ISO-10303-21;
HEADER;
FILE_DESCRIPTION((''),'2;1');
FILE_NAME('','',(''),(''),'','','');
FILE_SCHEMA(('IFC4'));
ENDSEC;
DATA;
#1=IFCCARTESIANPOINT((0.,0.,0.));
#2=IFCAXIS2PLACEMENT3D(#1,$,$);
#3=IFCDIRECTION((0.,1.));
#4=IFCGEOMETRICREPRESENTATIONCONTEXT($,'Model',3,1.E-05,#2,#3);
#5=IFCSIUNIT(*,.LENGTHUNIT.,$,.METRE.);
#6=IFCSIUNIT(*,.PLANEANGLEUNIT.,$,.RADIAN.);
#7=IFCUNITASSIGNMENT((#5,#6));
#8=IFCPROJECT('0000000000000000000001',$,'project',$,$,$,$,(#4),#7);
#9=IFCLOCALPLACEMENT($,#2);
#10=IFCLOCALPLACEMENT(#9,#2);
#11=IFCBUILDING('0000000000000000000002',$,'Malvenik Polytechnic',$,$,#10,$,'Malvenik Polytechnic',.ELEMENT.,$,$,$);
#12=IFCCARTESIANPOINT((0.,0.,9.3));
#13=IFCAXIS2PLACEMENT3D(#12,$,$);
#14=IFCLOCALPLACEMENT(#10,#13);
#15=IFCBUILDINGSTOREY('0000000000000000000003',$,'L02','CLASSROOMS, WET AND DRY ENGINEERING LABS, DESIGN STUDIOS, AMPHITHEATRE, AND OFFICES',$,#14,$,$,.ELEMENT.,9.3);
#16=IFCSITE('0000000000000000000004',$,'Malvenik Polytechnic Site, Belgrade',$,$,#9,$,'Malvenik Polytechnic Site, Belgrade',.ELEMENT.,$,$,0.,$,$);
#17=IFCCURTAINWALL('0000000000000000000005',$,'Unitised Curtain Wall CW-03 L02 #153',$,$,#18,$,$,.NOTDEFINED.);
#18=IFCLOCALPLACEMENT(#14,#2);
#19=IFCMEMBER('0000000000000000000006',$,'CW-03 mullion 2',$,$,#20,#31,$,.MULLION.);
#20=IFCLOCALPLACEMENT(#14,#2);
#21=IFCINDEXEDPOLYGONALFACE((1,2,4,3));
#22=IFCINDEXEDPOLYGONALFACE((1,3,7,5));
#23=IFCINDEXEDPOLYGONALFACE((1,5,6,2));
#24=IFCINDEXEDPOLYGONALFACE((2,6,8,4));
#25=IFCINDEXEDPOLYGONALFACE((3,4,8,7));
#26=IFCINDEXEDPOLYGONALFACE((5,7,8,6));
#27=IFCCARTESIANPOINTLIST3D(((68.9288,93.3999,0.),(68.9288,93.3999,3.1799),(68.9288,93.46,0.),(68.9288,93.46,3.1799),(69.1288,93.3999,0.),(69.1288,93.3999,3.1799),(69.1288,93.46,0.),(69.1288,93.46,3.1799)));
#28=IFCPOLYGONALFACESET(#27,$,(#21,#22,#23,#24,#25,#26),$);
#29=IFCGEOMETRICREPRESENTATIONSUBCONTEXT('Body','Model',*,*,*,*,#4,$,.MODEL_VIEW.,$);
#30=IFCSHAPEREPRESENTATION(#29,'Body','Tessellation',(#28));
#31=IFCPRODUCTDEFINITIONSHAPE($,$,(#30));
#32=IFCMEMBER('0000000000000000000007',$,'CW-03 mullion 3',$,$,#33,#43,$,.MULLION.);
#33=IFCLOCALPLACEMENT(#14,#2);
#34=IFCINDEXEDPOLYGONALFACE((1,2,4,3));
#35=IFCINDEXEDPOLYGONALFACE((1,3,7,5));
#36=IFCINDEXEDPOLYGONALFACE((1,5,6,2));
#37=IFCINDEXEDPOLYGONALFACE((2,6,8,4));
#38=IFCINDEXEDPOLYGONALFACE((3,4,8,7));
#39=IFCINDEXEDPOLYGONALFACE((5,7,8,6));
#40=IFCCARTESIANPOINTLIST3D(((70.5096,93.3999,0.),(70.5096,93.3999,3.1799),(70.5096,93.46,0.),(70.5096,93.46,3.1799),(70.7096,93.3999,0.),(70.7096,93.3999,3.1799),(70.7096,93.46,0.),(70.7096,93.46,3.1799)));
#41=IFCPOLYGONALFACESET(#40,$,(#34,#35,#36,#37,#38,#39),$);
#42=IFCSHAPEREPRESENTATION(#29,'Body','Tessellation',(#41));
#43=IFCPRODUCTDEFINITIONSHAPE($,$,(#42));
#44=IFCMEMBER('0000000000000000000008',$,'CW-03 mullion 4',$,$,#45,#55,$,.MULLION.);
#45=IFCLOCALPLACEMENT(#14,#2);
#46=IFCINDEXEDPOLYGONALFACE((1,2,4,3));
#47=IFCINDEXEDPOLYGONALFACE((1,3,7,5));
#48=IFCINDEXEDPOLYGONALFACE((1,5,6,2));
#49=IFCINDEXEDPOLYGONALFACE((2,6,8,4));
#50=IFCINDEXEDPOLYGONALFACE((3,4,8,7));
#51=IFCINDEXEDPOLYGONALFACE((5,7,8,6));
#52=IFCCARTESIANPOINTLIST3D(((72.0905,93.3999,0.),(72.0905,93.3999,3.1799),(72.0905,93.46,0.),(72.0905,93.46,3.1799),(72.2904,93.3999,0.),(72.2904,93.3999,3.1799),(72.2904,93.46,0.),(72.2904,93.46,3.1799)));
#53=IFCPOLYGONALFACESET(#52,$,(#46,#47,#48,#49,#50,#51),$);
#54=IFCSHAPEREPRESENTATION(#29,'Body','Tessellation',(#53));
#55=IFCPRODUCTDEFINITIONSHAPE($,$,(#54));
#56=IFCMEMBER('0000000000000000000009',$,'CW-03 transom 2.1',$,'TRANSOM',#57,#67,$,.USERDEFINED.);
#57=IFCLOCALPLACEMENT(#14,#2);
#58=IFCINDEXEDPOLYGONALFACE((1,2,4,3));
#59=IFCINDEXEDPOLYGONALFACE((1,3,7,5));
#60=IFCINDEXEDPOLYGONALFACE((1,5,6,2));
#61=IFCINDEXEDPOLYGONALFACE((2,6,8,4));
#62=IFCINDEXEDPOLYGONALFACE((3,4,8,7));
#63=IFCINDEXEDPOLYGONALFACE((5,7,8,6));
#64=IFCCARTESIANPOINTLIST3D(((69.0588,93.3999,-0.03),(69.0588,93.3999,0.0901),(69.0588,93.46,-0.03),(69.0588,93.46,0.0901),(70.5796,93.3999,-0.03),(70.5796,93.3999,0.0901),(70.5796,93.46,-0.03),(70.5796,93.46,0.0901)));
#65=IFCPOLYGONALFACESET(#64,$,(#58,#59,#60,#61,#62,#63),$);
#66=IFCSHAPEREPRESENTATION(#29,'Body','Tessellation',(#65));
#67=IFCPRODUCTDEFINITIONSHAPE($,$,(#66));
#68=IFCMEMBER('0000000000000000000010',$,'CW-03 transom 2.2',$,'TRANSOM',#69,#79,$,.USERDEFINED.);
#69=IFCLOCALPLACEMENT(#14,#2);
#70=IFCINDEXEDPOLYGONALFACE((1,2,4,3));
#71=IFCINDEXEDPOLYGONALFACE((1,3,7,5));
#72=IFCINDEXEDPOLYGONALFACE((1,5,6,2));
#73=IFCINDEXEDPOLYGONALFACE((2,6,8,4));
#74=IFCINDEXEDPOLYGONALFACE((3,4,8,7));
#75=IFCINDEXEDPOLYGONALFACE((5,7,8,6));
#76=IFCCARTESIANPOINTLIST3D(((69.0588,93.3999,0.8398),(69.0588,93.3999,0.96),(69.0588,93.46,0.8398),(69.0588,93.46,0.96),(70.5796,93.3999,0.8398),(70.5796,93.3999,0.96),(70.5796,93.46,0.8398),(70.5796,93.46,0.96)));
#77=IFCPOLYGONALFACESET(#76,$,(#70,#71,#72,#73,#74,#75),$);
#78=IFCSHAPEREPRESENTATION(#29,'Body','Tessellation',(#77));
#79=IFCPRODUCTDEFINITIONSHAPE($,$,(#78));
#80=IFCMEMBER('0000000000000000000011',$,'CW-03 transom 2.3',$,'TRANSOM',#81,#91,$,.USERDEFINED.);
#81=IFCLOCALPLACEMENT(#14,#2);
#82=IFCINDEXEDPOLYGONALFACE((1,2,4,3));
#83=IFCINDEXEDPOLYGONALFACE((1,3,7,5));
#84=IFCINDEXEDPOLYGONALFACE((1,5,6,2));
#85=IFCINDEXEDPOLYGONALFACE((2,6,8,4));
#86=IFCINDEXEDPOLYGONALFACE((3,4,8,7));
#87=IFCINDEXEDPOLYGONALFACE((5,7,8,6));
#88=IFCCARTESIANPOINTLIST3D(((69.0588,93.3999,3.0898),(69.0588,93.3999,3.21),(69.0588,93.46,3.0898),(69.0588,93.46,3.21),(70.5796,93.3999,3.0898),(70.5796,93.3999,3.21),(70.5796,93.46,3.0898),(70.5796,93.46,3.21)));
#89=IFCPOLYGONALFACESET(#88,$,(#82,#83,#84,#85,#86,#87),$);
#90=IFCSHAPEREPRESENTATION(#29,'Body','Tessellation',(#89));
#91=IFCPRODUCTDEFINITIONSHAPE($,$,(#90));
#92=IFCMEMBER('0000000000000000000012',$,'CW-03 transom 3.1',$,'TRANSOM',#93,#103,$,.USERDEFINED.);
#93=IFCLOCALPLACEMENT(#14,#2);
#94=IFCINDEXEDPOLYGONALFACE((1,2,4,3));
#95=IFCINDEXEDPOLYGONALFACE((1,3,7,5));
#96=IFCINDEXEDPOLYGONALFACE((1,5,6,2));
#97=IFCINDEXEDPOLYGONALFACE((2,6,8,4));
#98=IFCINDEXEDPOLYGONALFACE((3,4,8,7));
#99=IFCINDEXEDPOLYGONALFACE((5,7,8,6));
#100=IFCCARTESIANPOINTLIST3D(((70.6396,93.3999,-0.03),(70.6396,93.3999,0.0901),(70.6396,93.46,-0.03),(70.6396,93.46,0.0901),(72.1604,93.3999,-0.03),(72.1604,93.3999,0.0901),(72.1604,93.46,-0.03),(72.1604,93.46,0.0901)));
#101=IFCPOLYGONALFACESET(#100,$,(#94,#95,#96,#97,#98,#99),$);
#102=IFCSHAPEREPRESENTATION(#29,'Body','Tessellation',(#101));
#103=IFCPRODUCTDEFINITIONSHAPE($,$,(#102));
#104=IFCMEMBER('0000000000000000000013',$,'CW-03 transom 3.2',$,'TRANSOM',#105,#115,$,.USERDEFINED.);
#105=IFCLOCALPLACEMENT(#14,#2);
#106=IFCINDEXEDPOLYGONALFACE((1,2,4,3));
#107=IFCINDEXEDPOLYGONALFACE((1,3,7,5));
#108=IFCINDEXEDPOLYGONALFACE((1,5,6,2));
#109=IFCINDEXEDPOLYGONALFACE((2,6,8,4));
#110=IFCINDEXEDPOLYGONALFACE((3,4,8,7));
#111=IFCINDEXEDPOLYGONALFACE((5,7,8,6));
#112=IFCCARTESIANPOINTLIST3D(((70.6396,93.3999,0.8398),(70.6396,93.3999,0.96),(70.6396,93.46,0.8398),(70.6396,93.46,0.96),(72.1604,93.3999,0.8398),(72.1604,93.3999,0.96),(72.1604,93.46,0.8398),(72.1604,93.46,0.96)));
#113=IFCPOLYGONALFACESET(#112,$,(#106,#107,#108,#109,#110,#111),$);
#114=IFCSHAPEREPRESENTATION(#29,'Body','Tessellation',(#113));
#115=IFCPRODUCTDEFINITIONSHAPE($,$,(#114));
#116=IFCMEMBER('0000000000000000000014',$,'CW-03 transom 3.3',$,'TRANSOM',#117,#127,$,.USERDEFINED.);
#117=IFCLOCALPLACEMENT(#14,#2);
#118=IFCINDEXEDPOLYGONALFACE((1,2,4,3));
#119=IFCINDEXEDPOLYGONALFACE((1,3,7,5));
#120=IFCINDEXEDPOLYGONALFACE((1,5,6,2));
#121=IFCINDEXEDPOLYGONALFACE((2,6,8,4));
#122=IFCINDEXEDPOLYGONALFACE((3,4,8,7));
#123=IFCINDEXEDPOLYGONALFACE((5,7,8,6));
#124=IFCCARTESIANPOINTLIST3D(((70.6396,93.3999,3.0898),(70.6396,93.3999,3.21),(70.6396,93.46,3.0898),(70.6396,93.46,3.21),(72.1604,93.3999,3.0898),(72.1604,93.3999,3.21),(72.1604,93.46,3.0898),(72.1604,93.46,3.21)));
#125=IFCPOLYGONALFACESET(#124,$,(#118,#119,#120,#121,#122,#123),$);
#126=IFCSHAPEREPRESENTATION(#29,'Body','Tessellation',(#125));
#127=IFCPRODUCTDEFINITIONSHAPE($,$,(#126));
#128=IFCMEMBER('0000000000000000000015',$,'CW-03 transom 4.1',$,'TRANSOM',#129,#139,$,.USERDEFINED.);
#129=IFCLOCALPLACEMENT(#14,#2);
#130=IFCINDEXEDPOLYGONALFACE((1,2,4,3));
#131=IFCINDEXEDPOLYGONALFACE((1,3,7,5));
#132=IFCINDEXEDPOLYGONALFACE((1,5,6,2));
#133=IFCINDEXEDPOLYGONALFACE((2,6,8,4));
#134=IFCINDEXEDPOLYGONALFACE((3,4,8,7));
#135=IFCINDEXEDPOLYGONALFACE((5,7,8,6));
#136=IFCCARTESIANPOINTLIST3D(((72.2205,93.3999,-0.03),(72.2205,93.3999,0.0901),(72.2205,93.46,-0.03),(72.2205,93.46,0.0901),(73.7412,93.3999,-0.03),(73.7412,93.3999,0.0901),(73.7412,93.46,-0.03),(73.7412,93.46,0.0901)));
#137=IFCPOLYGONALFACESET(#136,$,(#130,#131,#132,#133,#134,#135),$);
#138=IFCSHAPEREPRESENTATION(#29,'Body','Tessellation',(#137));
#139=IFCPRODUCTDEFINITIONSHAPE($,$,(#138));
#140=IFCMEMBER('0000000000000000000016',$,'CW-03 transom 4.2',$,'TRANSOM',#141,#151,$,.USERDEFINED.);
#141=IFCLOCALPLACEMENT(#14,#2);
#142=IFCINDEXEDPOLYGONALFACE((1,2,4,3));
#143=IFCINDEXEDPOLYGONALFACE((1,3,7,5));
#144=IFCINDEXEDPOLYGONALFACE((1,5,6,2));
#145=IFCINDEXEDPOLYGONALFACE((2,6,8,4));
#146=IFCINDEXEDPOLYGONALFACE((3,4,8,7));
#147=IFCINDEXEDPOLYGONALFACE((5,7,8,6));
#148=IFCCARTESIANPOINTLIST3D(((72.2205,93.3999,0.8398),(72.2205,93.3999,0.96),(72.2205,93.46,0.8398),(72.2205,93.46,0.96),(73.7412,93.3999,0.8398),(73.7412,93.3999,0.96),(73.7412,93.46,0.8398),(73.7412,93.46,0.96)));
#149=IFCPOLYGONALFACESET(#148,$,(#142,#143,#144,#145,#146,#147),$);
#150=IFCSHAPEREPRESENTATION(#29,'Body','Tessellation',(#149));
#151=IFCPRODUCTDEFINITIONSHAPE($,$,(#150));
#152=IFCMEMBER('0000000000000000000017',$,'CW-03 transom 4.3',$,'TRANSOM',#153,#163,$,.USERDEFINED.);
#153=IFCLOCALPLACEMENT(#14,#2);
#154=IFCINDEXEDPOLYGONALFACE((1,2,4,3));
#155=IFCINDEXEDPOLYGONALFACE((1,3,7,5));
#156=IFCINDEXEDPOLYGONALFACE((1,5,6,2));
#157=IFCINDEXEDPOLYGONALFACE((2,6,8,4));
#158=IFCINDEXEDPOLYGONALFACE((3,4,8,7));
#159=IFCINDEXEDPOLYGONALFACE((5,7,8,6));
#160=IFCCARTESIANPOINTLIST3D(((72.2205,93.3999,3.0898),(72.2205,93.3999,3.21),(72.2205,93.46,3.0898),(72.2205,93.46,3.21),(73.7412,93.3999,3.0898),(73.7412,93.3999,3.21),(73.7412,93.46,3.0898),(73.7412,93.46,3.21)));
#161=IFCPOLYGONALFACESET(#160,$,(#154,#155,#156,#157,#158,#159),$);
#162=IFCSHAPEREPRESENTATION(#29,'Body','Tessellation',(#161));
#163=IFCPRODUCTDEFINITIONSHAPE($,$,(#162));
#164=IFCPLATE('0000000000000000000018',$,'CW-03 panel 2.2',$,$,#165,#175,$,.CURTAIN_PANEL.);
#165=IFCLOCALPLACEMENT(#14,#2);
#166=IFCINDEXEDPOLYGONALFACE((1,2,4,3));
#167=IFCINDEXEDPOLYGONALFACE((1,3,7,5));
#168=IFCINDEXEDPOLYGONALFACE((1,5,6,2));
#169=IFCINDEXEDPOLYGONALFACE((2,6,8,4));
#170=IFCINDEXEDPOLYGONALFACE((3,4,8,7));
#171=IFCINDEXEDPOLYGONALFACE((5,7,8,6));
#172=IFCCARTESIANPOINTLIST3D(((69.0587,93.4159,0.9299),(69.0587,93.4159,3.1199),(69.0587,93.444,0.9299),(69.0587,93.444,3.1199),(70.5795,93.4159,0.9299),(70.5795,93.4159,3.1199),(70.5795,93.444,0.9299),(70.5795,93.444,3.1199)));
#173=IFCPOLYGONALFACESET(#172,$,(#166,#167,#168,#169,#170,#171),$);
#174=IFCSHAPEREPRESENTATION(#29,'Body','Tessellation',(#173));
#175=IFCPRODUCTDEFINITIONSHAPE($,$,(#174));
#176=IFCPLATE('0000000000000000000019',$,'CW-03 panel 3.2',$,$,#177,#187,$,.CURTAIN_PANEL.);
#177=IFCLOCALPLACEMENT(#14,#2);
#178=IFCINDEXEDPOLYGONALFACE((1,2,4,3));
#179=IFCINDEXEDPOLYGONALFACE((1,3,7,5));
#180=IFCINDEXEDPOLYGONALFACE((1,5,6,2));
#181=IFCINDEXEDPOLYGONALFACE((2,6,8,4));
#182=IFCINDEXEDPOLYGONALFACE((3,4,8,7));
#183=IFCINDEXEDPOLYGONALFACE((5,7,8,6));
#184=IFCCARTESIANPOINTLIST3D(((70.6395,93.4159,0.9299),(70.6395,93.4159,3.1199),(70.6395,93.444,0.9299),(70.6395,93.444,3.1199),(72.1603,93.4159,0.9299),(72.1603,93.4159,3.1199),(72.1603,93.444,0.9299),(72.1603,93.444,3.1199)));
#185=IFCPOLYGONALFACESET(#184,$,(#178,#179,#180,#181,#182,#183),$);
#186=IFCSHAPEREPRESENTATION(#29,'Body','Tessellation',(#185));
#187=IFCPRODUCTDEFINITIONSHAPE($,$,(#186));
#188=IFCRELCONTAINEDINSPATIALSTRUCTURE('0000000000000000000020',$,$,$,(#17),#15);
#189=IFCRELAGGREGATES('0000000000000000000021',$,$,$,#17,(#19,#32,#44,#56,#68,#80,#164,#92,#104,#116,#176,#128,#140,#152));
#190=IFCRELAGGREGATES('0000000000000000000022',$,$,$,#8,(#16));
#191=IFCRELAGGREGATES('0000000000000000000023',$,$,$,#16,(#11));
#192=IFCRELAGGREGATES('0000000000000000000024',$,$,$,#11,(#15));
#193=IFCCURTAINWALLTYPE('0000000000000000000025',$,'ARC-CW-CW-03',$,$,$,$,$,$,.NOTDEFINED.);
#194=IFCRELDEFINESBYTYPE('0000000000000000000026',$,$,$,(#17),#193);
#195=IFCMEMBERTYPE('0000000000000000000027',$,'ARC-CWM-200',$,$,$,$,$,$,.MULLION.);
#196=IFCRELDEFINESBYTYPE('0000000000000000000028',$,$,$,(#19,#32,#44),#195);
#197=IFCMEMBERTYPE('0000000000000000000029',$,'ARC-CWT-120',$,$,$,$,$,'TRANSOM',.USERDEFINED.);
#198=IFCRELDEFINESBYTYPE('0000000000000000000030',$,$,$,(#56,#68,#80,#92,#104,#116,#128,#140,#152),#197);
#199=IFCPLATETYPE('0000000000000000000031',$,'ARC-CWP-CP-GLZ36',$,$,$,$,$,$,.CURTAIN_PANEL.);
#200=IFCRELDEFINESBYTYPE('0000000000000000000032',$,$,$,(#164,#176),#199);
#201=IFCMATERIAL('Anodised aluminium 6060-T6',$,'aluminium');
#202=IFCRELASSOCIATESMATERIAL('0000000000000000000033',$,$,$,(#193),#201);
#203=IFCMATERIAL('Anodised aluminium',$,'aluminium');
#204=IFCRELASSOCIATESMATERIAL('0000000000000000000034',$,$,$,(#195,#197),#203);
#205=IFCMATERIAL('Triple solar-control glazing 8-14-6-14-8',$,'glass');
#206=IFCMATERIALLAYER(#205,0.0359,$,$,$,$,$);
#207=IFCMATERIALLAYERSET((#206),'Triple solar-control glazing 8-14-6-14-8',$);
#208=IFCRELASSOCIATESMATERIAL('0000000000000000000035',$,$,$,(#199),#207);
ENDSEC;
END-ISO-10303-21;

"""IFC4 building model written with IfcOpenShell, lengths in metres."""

from ifc_helpers import new_model, si_unit, direction, frame, origin, origin_2d, place, context, subcontext, project, spatial, rectangle, extrude, material, layer, layer_set, material_profile, profile_set, type_object, element, aggregate, save


model = new_model("IFC4")

# Units and contexts
model_context = context("Model", 3, precision=1e-05, world=origin(), true_north=direction((0.0, 1.0)))
body_context = subcontext(model_context, "Body", "Model", "MODEL_VIEW")
ifc_project = project(units=[si_unit("LENGTHUNIT", "METRE"), si_unit("PLANEANGLEUNIT", "RADIAN")], contexts=[model_context])

# Site, building, storey
site_placement = place(None, origin())
site = spatial("IfcSite", under=ifc_project, at=site_placement, Name="Malvenik Polytechnic Site, Belgrade", LongName="Malvenik Polytechnic Site, Belgrade", CompositionType="ELEMENT", RefElevation=0.0)
building_placement = place(site_placement, origin())
building = spatial("IfcBuilding", under=site, at=building_placement, Name="Malvenik Polytechnic", LongName="Malvenik Polytechnic", CompositionType="ELEMENT")
storey_placement = place(building_placement, frame((0.0, 0.0, 9.3)))
storey = spatial("IfcBuildingStorey", under=building, at=storey_placement, Name="L02", Description="CLASSROOMS, WET AND DRY ENGINEERING LABS, DESIGN STUDIOS, AMPHITHEATRE, AND OFFICES", CompositionType="ELEMENT", Elevation=9.3)

# Curtain wall, members, plates
ifc_material_1 = material(Name="Anodised aluminium 6060-T6", Category="aluminium")
curtain_wall_type = type_object("IfcCurtainWallType", Name="ARC-CW-CW-03", PredefinedType="NOTDEFINED", material=ifc_material_1)
curtain_wall_placement = place(storey_placement, origin())
curtain_wall = element("IfcCurtainWall", 1, at=curtain_wall_placement, inside=storey, type_object=curtain_wall_type, Name="Unitised Curtain Wall CW-03 L02 #153", PredefinedType="NOTDEFINED")
ifc_material_2 = material(Name="Anodised aluminium", Category="aluminium")
ifc_material_profile_1 = material_profile(ifc_material_2, rectangle(XDim=0.0601, YDim=0.2, at=origin_2d()), Name="ALU MULLION 60x200")
ifc_profile_set_1 = profile_set([ifc_material_profile_1], Name="Anodised aluminium")
member_type_1 = type_object("IfcMemberType", Name="ARC-CWM-200", PredefinedType="MULLION", material=ifc_profile_set_1)
member_1_placement = place(storey_placement, frame((69.0288, 93.4299, 0.0), z_axis=(0.0, 0.0, 1.0), x_axis=(0.0, 1.0, 0.0)))
member_1 = element("IfcMember", 2, at=member_1_placement, type_object=member_type_1, Name="CW-03 mullion 2", PredefinedType="MULLION", context=body_context, shape_type="SweptSolid", body=[
    extrude(rectangle(XDim=0.0601, YDim=0.2, at=origin_2d()), origin(), (0.0, 0.0, 1.0), 3.1799),
])
member_2_placement = place(storey_placement, frame((70.6096, 93.4299, 0.0), z_axis=(0.0, 0.0, 1.0), x_axis=(0.0, 1.0, 0.0)))
member_2 = element("IfcMember", 3, at=member_2_placement, type_object=member_type_1, Name="CW-03 mullion 3", PredefinedType="MULLION", context=body_context, shape_type="SweptSolid", body=[
    extrude(rectangle(XDim=0.0601, YDim=0.2, at=origin_2d()), origin(), (0.0, 0.0, 1.0), 3.1799),
])
member_3_placement = place(storey_placement, frame((72.1904, 93.4299, 0.0), z_axis=(0.0, 0.0, 1.0), x_axis=(0.0, 1.0, 0.0)))
member_3 = element("IfcMember", 4, at=member_3_placement, type_object=member_type_1, Name="CW-03 mullion 4", PredefinedType="MULLION", context=body_context, shape_type="SweptSolid", body=[
    extrude(rectangle(XDim=0.0601, YDim=0.2, at=origin_2d()), origin(), (0.0, 0.0, 1.0), 3.1799),
])
ifc_material_profile_2 = material_profile(ifc_material_2, rectangle(XDim=0.0601, YDim=0.1201, at=origin_2d()), Name="ALU TRANSOM 60x120")
ifc_profile_set_2 = profile_set([ifc_material_profile_2], Name="Anodised aluminium")
member_type_2 = type_object("IfcMemberType", Name="ARC-CWT-120", ElementType="TRANSOM", PredefinedType="USERDEFINED", material=ifc_profile_set_2)
member_4_placement = place(storey_placement, frame((69.0588, 93.4299, 0.03), z_axis=(1.0, 0.0, 0.0), x_axis=(0.0, 1.0, 0.0)))
member_4 = element("IfcMember", 5, at=member_4_placement, type_object=member_type_2, Name="CW-03 transom 2.1", ObjectType="TRANSOM", PredefinedType="USERDEFINED", context=body_context, shape_type="SweptSolid", body=[
    extrude(rectangle(XDim=0.0601, YDim=0.1201, at=origin_2d()), origin(), (0.0, 0.0, 1.0), 1.5208),
])
member_5_placement = place(storey_placement, frame((69.0588, 93.4299, 0.8999), z_axis=(1.0, 0.0, 0.0), x_axis=(0.0, 1.0, 0.0)))
member_5 = element("IfcMember", 6, at=member_5_placement, type_object=member_type_2, Name="CW-03 transom 2.2", ObjectType="TRANSOM", PredefinedType="USERDEFINED", context=body_context, shape_type="SweptSolid", body=[
    extrude(rectangle(XDim=0.0601, YDim=0.1201, at=origin_2d()), origin(), (0.0, 0.0, 1.0), 1.5208),
])
member_6_placement = place(storey_placement, frame((69.0588, 93.4299, 3.1499), z_axis=(1.0, 0.0, 0.0), x_axis=(0.0, 1.0, 0.0)))
member_6 = element("IfcMember", 7, at=member_6_placement, type_object=member_type_2, Name="CW-03 transom 2.3", ObjectType="TRANSOM", PredefinedType="USERDEFINED", context=body_context, shape_type="SweptSolid", body=[
    extrude(rectangle(XDim=0.0601, YDim=0.1201, at=origin_2d()), origin(), (0.0, 0.0, 1.0), 1.5208),
])
member_7_placement = place(storey_placement, frame((70.6396, 93.4299, 0.03), z_axis=(1.0, 0.0, 0.0), x_axis=(0.0, 1.0, 0.0)))
member_7 = element("IfcMember", 8, at=member_7_placement, type_object=member_type_2, Name="CW-03 transom 3.1", ObjectType="TRANSOM", PredefinedType="USERDEFINED", context=body_context, shape_type="SweptSolid", body=[
    extrude(rectangle(XDim=0.0601, YDim=0.1201, at=origin_2d()), origin(), (0.0, 0.0, 1.0), 1.5208),
])
member_8_placement = place(storey_placement, frame((70.6396, 93.4299, 0.8999), z_axis=(1.0, 0.0, 0.0), x_axis=(0.0, 1.0, 0.0)))
member_8 = element("IfcMember", 9, at=member_8_placement, type_object=member_type_2, Name="CW-03 transom 3.2", ObjectType="TRANSOM", PredefinedType="USERDEFINED", context=body_context, shape_type="SweptSolid", body=[
    extrude(rectangle(XDim=0.0601, YDim=0.1201, at=origin_2d()), origin(), (0.0, 0.0, 1.0), 1.5208),
])
member_9_placement = place(storey_placement, frame((70.6396, 93.4299, 3.1499), z_axis=(1.0, 0.0, 0.0), x_axis=(0.0, 1.0, 0.0)))
member_9 = element("IfcMember", 10, at=member_9_placement, type_object=member_type_2, Name="CW-03 transom 3.3", ObjectType="TRANSOM", PredefinedType="USERDEFINED", context=body_context, shape_type="SweptSolid", body=[
    extrude(rectangle(XDim=0.0601, YDim=0.1201, at=origin_2d()), origin(), (0.0, 0.0, 1.0), 1.5208),
])
member_10_placement = place(storey_placement, frame((72.2205, 93.4299, 0.03), z_axis=(1.0, 0.0, 0.0), x_axis=(0.0, 1.0, 0.0)))
member_10 = element("IfcMember", 11, at=member_10_placement, type_object=member_type_2, Name="CW-03 transom 4.1", ObjectType="TRANSOM", PredefinedType="USERDEFINED", context=body_context, shape_type="SweptSolid", body=[
    extrude(rectangle(XDim=0.0601, YDim=0.1201, at=origin_2d()), origin(), (0.0, 0.0, 1.0), 1.5208),
])
member_11_placement = place(storey_placement, frame((72.2205, 93.4299, 0.8999), z_axis=(1.0, 0.0, 0.0), x_axis=(0.0, 1.0, 0.0)))
member_11 = element("IfcMember", 12, at=member_11_placement, type_object=member_type_2, Name="CW-03 transom 4.2", ObjectType="TRANSOM", PredefinedType="USERDEFINED", context=body_context, shape_type="SweptSolid", body=[
    extrude(rectangle(XDim=0.0601, YDim=0.1201, at=origin_2d()), origin(), (0.0, 0.0, 1.0), 1.5208),
])
member_12_placement = place(storey_placement, frame((72.2205, 93.4299, 3.1499), z_axis=(1.0, 0.0, 0.0), x_axis=(0.0, 1.0, 0.0)))
member_12 = element("IfcMember", 13, at=member_12_placement, type_object=member_type_2, Name="CW-03 transom 4.3", ObjectType="TRANSOM", PredefinedType="USERDEFINED", context=body_context, shape_type="SweptSolid", body=[
    extrude(rectangle(XDim=0.0601, YDim=0.1201, at=origin_2d()), origin(), (0.0, 0.0, 1.0), 1.5208),
])
ifc_material_3 = material(Name="Triple solar-control glazing 8-14-6-14-8", Category="glass")
ifc_layer_1 = layer(ifc_material_3, 0.0359)
ifc_layer_set_1 = layer_set([ifc_layer_1], Name="Triple solar-control glazing 8-14-6-14-8")
plate_type_1 = type_object("IfcPlateType", Name="ARC-CWP-CP-GLZ36", PredefinedType="CURTAIN_PANEL", material=ifc_layer_set_1)
plate_1_placement = place(storey_placement, frame((69.8191, 93.4299, 0.9299), z_axis=(0.0, 0.0, 1.0), x_axis=(1.0, 0.0, 0.0)))
plate_1 = element("IfcPlate", 14, at=plate_1_placement, type_object=plate_type_1, Name="CW-03 panel 2.2", PredefinedType="CURTAIN_PANEL", context=body_context, shape_type="SweptSolid", body=[
    extrude(rectangle(XDim=1.5208, YDim=0.0281, at=origin_2d()), origin(), (0.0, 0.0, 1.0), 2.1899),
])
plate_2_placement = place(storey_placement, frame((71.3999, 93.4299, 0.9299), z_axis=(0.0, 0.0, 1.0), x_axis=(1.0, 0.0, 0.0)))
plate_2 = element("IfcPlate", 15, at=plate_2_placement, type_object=plate_type_1, Name="CW-03 panel 3.2", PredefinedType="CURTAIN_PANEL", context=body_context, shape_type="SweptSolid", body=[
    extrude(rectangle(XDim=1.5208, YDim=0.0281, at=origin_2d()), origin(), (0.0, 0.0, 1.0), 2.1899),
])
aggregate(curtain_wall, [member_1, member_2, member_3, member_4, member_5, member_6, plate_1, member_7, member_8, member_9, plate_2, member_10, member_11, member_12])

save(model, "model.ifc")
